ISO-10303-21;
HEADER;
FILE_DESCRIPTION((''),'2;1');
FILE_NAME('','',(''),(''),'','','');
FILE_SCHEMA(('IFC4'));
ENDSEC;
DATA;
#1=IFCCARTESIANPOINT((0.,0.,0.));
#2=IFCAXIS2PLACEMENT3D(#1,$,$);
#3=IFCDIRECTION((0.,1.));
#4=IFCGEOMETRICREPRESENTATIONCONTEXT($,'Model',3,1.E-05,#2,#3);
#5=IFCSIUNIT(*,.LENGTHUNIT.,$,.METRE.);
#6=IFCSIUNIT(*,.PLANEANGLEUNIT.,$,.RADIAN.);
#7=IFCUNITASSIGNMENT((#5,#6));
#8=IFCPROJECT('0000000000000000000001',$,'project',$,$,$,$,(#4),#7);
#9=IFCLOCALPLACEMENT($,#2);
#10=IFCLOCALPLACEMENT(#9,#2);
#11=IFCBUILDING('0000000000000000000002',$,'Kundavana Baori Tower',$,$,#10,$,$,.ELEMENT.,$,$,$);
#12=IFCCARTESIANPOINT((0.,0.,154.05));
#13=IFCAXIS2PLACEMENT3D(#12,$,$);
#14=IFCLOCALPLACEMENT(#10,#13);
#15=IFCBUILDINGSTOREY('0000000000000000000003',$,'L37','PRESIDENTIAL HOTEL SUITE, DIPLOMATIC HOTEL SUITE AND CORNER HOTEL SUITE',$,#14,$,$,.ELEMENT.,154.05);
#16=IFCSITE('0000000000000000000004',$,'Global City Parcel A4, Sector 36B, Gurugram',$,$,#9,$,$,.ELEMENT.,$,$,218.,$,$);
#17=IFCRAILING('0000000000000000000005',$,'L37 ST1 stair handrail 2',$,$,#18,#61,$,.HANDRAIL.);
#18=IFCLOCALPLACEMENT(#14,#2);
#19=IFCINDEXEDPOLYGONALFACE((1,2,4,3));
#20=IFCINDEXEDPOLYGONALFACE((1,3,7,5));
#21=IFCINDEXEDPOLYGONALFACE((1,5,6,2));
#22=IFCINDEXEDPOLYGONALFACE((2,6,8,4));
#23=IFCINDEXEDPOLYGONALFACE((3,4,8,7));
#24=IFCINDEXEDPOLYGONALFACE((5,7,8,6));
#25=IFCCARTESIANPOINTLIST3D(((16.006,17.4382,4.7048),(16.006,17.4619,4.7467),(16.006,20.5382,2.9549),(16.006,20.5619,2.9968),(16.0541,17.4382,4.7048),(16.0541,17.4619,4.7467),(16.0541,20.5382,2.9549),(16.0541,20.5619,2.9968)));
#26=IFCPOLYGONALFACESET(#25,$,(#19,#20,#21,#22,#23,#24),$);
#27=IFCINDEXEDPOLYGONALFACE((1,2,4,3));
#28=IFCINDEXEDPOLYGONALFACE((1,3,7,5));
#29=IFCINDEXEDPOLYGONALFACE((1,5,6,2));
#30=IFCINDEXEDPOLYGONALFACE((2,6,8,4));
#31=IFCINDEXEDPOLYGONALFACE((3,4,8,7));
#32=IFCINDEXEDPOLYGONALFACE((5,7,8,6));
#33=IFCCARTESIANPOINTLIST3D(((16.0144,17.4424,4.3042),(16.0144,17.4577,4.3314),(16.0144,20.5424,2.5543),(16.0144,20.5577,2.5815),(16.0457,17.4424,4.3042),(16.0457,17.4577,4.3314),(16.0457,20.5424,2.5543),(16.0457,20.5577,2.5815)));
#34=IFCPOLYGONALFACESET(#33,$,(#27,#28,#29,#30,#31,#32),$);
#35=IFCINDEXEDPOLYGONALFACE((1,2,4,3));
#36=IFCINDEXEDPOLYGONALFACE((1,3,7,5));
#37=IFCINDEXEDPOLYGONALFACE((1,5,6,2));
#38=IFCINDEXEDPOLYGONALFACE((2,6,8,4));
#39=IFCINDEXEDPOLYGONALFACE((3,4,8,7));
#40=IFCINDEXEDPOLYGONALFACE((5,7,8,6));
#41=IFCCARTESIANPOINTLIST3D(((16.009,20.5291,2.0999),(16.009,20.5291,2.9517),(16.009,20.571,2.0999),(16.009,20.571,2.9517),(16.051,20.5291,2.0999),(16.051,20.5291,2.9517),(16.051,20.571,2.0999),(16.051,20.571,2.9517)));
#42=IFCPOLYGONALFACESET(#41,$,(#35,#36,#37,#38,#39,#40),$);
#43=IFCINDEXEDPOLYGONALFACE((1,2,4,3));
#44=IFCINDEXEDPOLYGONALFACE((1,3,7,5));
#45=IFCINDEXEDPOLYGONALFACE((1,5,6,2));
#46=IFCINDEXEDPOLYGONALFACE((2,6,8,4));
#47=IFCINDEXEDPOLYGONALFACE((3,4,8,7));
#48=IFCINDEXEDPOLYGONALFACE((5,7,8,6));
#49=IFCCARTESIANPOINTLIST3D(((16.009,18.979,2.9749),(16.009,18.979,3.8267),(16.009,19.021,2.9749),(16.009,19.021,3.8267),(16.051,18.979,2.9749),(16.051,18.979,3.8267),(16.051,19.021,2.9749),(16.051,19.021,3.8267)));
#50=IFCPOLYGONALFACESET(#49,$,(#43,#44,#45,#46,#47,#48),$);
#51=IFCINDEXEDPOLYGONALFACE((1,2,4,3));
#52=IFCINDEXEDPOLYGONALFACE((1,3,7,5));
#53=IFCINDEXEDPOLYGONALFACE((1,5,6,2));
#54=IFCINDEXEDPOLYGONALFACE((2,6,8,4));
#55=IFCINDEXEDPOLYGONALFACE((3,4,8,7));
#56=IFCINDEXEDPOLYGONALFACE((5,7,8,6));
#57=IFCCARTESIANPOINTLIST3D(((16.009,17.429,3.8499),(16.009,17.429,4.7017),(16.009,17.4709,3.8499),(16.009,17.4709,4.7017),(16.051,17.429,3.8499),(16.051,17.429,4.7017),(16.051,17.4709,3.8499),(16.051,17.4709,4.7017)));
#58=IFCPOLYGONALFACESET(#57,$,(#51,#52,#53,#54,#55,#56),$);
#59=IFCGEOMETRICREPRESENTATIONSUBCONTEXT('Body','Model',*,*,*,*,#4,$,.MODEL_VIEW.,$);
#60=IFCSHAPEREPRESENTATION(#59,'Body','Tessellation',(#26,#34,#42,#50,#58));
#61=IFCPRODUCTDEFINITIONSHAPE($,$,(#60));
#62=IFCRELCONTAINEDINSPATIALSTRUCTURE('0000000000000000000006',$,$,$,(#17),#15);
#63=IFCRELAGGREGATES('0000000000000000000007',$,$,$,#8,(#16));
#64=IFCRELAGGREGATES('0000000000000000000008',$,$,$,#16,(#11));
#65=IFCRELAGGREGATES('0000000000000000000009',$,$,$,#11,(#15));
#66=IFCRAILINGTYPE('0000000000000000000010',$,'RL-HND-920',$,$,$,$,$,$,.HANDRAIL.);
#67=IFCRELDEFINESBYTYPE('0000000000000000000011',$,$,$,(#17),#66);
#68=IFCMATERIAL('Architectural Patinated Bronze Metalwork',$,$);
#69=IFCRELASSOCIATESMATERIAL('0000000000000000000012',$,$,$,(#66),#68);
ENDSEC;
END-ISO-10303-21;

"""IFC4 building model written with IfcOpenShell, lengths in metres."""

from ifc_helpers import new_model, si_unit, direction, frame, origin, origin_2d, place, context, subcontext, project, spatial, rectangle, extrude, material, type_object, element, save


model = new_model("IFC4")

# Units and contexts
model_context = context("Model", 3, precision=1e-05, world=origin(), true_north=direction((0.0, 1.0)))
body_context = subcontext(model_context, "Body", "Model", "MODEL_VIEW")
ifc_project = project(units=[si_unit("LENGTHUNIT", "METRE"), si_unit("PLANEANGLEUNIT", "RADIAN")], contexts=[model_context])

# Site, building, storey
site_placement = place(None, origin())
site = spatial("IfcSite", under=ifc_project, at=site_placement, Name="Global City Parcel A4, Sector 36B, Gurugram", CompositionType="ELEMENT", RefElevation=218.0)
building_placement = place(site_placement, origin())
building = spatial("IfcBuilding", under=site, at=building_placement, Name="Kundavana Baori Tower", CompositionType="ELEMENT")
storey_placement = place(building_placement, frame((0.0, 0.0, 154.05)))
storey = spatial("IfcBuildingStorey", under=building, at=storey_placement, Name="L37", Description="PRESIDENTIAL HOTEL SUITE, DIPLOMATIC HOTEL SUITE AND CORNER HOTEL SUITE", CompositionType="ELEMENT", Elevation=154.05)

# Railing
ifc_material_1 = material(Name="Architectural Patinated Bronze Metalwork")
railing_type_1 = type_object("IfcRailingType", Name="RL-HND-920", PredefinedType="HANDRAIL", material=ifc_material_1)
railing_1_placement = place(storey_placement, frame((16.03, 20.55, 2.0999)))
element("IfcRailing", 1, at=railing_1_placement, inside=storey, type_object=railing_type_1, Name="L37 ST1 stair handrail 2", PredefinedType="HANDRAIL", context=body_context, shape_type="SweptSolid", body=[
    extrude(rectangle(XDim=0.0481, YDim=0.0481, at=origin_2d()), frame((0.0, 0.0, 0.876), z_axis=(0.0, -0.870831, 0.491583), x_axis=(1.0, 0.0, 0.0)), (0.0, 0.0, 1.0), 3.5598),
    extrude(rectangle(XDim=0.0312, YDim=0.0312, at=origin_2d()), frame((0.0, 0.0, 0.468), z_axis=(0.0, -0.870831, 0.491583), x_axis=(1.0, 0.0, 0.0)), (0.0, 0.0, 1.0), 3.5598),
    extrude(rectangle(XDim=0.042, YDim=0.042, at=origin_2d()), origin(), (0.0, 0.0, 1.0), 0.8518),
    extrude(rectangle(XDim=0.042, YDim=0.042, at=origin_2d()), frame((0.0, -1.55, 0.875)), (0.0, 0.0, 1.0), 0.8518),
    extrude(rectangle(XDim=0.042, YDim=0.042, at=origin_2d()), frame((0.0, -3.1001, 1.75)), (0.0, 0.0, 1.0), 0.8518),
])

save(model, "model.ifc")
